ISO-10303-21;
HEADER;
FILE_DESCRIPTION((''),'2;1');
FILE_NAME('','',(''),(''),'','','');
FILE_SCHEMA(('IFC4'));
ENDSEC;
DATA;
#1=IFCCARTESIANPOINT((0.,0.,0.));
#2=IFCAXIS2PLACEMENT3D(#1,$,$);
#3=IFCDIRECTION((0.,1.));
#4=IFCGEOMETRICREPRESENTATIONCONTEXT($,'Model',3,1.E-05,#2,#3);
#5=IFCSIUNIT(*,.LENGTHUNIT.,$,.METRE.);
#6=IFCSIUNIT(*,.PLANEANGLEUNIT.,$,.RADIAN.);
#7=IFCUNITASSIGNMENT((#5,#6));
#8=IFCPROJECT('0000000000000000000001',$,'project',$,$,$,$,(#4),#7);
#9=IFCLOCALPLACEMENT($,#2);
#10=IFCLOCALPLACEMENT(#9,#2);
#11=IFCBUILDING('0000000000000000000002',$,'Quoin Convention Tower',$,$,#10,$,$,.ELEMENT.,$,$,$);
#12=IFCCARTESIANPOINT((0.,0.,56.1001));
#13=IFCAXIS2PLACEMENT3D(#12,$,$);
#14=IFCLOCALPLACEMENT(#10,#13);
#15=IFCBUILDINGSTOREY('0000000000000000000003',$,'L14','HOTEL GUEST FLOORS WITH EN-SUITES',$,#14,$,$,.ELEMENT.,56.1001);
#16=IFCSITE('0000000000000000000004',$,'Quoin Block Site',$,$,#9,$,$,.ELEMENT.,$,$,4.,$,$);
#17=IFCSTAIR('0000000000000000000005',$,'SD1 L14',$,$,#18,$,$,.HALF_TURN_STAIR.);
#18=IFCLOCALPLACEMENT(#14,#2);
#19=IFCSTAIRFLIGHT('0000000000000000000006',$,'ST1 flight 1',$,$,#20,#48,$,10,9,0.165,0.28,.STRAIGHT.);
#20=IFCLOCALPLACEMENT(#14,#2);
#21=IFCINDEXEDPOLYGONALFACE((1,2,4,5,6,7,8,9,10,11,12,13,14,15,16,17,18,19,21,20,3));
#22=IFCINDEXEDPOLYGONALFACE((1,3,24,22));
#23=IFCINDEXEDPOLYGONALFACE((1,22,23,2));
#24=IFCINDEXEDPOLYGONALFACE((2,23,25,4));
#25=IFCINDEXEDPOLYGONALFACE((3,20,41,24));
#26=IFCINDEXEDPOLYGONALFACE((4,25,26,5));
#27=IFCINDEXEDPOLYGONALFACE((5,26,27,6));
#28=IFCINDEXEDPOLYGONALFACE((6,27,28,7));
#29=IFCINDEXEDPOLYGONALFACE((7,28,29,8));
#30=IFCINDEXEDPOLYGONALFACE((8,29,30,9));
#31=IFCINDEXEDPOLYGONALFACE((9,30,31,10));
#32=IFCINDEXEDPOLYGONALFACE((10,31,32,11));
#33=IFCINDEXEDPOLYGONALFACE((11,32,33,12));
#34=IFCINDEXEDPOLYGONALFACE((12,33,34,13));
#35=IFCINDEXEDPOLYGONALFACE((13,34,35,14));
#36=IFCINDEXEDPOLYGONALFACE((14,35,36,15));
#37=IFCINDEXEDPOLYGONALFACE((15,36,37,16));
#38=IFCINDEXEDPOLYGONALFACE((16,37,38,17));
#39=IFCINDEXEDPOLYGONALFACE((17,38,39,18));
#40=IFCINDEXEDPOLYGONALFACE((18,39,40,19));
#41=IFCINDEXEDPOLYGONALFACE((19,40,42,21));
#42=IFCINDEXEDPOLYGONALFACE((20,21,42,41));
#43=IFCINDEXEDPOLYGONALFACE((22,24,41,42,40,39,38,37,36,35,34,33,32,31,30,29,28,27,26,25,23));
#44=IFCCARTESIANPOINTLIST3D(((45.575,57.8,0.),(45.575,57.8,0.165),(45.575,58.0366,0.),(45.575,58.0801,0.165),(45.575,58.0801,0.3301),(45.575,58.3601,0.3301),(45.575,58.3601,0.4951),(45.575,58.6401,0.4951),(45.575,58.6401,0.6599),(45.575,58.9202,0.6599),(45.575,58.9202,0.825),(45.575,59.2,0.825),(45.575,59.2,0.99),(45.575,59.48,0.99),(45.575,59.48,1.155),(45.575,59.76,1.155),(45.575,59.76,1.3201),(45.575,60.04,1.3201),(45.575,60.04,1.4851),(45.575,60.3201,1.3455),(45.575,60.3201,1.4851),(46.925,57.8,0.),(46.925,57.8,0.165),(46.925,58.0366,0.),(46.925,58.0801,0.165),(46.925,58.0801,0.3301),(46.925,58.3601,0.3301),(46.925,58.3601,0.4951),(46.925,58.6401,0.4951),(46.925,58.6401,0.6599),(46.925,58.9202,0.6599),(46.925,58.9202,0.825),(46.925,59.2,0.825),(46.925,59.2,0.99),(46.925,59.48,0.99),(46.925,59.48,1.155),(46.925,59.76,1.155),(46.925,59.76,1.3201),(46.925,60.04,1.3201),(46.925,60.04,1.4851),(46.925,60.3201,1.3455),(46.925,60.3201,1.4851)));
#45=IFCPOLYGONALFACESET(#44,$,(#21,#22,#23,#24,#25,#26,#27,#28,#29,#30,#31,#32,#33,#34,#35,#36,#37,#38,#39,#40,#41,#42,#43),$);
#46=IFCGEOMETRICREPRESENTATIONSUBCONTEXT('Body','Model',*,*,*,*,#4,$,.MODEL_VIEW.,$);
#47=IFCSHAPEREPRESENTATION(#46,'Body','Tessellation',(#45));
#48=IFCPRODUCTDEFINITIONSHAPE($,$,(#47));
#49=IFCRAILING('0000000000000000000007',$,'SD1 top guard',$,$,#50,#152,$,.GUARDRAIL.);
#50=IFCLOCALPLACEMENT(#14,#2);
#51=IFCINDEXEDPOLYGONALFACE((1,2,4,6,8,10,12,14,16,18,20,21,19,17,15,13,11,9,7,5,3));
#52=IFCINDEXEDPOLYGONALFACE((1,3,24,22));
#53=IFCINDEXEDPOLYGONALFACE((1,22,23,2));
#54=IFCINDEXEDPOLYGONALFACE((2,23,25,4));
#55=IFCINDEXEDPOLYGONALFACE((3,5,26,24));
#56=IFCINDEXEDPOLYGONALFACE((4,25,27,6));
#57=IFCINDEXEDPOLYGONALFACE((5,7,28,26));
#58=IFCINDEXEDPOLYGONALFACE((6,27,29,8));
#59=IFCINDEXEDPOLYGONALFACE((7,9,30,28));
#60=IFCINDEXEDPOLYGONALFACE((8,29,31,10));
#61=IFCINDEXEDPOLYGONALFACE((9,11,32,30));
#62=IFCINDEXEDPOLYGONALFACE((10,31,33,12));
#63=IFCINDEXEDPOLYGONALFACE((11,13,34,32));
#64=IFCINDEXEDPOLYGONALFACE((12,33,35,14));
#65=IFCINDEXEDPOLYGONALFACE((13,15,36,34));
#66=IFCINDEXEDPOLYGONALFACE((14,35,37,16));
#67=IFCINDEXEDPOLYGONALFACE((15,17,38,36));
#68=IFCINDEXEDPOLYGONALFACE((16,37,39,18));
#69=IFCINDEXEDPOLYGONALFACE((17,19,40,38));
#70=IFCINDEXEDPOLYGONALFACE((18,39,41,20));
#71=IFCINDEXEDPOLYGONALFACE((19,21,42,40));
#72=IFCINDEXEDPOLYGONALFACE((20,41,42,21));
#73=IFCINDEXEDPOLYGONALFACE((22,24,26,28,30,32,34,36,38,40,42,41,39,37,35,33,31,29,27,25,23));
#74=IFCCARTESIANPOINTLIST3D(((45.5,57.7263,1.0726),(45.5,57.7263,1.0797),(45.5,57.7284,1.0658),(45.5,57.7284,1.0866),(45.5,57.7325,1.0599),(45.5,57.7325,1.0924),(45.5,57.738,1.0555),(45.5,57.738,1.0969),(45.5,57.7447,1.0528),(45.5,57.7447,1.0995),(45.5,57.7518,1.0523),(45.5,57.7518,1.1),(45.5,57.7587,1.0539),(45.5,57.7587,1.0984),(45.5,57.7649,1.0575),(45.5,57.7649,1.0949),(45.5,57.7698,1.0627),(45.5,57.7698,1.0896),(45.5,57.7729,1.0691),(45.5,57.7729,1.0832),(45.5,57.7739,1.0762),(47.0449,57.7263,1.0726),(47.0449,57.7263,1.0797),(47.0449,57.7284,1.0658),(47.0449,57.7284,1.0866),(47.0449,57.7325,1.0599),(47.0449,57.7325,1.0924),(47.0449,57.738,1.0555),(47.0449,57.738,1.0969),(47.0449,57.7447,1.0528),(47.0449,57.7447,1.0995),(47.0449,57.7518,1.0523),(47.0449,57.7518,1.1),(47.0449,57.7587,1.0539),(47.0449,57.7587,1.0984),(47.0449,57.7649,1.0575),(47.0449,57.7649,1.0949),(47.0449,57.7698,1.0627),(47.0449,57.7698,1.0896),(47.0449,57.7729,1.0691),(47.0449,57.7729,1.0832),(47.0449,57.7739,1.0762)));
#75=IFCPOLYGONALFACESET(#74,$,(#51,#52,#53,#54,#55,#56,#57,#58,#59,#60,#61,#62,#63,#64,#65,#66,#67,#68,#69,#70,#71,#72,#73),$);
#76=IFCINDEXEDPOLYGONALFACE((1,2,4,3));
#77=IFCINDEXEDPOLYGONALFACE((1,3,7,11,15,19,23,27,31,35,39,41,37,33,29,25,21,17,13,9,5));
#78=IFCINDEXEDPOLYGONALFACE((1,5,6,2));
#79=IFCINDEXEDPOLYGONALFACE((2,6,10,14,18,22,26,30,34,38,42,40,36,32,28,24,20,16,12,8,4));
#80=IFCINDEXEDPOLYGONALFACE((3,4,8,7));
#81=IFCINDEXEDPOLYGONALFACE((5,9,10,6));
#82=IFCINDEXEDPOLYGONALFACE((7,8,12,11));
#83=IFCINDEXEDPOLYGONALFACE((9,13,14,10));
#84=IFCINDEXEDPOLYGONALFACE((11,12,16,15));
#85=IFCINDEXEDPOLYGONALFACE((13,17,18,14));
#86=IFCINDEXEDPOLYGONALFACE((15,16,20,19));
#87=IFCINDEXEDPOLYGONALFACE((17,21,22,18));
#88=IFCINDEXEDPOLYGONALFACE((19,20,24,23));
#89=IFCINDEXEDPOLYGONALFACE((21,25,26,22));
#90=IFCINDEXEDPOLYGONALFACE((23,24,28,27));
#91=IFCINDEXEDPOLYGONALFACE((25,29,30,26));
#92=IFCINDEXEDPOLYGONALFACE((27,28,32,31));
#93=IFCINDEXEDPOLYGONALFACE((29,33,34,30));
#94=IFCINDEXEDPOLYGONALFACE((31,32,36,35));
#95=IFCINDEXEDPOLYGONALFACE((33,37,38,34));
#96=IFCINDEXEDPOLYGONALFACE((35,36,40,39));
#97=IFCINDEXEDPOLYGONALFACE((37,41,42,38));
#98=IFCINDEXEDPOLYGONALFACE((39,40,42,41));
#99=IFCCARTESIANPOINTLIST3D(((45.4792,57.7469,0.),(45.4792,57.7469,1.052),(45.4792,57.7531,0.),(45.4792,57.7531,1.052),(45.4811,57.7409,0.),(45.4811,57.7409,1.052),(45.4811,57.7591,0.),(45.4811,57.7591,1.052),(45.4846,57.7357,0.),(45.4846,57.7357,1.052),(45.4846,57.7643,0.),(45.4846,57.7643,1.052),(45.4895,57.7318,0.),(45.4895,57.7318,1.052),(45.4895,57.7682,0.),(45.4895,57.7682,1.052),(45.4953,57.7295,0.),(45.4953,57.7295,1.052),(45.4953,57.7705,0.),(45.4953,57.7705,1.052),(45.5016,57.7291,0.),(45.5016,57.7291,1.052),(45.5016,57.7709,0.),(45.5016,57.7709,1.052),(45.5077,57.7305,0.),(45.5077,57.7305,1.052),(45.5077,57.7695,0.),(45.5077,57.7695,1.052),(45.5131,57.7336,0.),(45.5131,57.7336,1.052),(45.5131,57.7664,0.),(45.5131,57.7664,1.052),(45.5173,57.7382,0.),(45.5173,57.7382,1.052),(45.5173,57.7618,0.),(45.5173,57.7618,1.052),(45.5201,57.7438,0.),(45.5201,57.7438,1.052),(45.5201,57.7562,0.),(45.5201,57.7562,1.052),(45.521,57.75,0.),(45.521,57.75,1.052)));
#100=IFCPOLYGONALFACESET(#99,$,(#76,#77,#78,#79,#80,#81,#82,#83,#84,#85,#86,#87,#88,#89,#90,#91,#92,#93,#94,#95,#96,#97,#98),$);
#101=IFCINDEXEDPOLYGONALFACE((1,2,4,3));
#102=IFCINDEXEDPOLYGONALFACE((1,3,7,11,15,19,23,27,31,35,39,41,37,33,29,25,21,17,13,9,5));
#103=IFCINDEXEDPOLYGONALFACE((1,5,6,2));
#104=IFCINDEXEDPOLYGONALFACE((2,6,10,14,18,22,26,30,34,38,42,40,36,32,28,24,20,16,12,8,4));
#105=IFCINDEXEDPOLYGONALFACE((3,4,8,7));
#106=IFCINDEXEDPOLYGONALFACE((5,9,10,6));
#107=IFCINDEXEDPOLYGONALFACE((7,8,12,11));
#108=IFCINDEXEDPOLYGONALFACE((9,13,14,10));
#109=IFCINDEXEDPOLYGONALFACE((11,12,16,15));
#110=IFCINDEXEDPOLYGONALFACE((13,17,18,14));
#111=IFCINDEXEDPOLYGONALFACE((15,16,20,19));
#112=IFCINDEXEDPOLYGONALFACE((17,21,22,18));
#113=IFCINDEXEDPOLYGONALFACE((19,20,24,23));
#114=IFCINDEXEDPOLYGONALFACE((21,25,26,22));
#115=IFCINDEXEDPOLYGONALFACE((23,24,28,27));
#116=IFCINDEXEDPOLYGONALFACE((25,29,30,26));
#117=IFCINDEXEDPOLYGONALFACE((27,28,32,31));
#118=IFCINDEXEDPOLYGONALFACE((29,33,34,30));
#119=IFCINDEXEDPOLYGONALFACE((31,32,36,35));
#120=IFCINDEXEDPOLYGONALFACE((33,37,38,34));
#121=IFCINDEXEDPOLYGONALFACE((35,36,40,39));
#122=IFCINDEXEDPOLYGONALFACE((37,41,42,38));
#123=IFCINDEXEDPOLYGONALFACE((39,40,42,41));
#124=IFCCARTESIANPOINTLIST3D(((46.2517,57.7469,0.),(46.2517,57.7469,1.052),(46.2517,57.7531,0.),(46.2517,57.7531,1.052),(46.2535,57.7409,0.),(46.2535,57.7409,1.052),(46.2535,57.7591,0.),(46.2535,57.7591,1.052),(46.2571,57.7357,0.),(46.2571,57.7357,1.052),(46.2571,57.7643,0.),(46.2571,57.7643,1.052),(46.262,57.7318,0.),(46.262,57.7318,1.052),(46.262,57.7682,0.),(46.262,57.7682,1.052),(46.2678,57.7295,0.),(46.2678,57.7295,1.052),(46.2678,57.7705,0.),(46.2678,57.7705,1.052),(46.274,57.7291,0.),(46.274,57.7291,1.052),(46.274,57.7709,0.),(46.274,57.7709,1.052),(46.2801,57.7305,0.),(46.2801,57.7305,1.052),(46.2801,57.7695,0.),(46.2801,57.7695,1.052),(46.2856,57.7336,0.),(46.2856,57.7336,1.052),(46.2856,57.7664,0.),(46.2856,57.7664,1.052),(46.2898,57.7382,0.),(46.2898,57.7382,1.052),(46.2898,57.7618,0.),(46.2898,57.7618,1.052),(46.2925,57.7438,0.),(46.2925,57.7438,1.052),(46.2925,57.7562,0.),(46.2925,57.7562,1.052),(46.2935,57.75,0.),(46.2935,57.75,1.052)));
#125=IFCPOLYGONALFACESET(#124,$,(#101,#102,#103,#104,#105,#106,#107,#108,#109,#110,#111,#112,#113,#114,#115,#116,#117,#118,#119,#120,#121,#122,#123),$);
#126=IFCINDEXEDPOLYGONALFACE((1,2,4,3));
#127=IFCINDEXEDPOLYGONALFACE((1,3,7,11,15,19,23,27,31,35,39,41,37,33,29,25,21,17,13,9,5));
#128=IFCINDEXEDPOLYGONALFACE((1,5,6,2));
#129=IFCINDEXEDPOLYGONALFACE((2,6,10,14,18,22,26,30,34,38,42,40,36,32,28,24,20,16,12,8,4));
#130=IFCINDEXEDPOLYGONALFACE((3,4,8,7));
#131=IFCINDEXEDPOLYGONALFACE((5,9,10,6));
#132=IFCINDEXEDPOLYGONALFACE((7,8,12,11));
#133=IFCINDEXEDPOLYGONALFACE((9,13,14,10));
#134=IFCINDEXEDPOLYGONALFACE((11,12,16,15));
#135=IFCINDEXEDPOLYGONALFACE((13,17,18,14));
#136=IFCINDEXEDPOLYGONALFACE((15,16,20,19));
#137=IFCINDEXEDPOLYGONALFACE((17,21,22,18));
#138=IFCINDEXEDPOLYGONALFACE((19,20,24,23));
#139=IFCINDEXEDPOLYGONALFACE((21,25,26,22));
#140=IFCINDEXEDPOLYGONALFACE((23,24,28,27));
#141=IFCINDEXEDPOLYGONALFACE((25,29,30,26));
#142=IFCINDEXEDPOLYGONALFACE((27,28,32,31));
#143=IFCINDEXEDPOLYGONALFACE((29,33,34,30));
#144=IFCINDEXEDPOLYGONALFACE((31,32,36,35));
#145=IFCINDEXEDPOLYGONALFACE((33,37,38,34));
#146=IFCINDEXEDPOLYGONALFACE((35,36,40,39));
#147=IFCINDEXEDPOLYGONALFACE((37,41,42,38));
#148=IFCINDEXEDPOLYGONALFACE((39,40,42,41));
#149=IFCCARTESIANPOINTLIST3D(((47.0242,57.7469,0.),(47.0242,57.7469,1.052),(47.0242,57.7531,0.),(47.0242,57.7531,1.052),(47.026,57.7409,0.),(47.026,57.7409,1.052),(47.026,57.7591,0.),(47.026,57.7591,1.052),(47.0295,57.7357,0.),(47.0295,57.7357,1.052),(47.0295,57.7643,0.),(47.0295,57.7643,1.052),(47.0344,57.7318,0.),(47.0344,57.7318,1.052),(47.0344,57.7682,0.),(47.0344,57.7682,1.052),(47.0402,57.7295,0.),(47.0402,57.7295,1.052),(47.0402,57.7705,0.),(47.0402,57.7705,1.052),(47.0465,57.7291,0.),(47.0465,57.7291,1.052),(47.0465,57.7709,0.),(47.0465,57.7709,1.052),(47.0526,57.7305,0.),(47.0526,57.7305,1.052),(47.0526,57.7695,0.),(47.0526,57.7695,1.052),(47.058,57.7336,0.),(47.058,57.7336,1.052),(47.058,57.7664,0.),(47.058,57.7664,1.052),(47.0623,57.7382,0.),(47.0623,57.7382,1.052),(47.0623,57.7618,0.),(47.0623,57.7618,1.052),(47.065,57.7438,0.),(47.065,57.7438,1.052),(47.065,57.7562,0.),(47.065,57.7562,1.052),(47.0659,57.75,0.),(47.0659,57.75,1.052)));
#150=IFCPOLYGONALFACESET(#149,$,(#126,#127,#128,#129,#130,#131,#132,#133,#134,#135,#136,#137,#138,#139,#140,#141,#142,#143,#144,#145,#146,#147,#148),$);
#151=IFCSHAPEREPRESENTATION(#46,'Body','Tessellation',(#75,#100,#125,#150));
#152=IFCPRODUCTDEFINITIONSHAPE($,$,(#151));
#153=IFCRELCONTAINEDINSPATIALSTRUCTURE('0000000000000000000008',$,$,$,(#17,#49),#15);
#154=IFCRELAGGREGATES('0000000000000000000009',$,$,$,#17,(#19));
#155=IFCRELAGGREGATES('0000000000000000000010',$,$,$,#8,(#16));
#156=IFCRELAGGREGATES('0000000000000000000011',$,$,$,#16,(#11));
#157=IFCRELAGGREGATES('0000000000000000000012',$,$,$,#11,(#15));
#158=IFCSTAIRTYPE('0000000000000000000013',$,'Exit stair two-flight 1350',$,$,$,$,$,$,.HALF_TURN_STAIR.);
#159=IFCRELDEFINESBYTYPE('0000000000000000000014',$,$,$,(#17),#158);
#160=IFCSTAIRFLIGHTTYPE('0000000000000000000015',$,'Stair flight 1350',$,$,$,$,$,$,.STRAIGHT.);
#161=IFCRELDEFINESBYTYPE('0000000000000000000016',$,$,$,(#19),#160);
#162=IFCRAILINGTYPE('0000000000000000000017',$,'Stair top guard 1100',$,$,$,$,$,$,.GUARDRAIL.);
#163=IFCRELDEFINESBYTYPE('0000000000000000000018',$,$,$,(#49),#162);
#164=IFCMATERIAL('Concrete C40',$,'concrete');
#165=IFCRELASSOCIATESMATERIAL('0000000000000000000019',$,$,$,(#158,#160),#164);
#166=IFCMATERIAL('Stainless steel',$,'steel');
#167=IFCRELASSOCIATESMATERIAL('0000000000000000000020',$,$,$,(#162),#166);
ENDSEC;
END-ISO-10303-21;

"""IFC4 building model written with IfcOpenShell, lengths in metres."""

from ifc_helpers import new_model, si_unit, direction, frame, origin, origin_2d, place, context, subcontext, project, spatial, polyline, circle, outline, extrude, material, type_object, element, aggregate, save


model = new_model("IFC4")

# Units and contexts
model_context = context("Model", 3, precision=1e-05, world=origin(), true_north=direction((0.0, 1.0)))
body_context = subcontext(model_context, "Body", "Model", "MODEL_VIEW")
ifc_project = project(units=[si_unit("LENGTHUNIT", "METRE"), si_unit("PLANEANGLEUNIT", "RADIAN")], contexts=[model_context])

# Site, building, storey
site_placement = place(None, origin())
site = spatial("IfcSite", under=ifc_project, at=site_placement, Name="Quoin Block Site", CompositionType="ELEMENT", RefElevation=4.0)
building_placement = place(site_placement, origin())
building = spatial("IfcBuilding", under=site, at=building_placement, Name="Quoin Convention Tower", CompositionType="ELEMENT")
storey_placement = place(building_placement, frame((0.0, 0.0, 56.1001)))
storey = spatial("IfcBuildingStorey", under=building, at=storey_placement, Name="L14", Description="HOTEL GUEST FLOORS WITH EN-SUITES", CompositionType="ELEMENT", Elevation=56.1001)

# Stair, stair flight
ifc_material_1 = material(Name="Concrete C40", Category="concrete")
stair_type = type_object("IfcStairType", Name="Exit stair two-flight 1350", PredefinedType="HALF_TURN_STAIR", material=ifc_material_1)
stair_placement = place(storey_placement, origin())
stair = element("IfcStair", 1, at=stair_placement, inside=storey, type_object=stair_type, Name="SD1 L14", PredefinedType="HALF_TURN_STAIR")
stair_flight_type = type_object("IfcStairFlightType", Name="Stair flight 1350", PredefinedType="STRAIGHT", material=ifc_material_1)
stair_flight_placement = place(storey_placement, frame((46.25, 57.8, 0.0), z_axis=(0.0, 0.0, 1.0), x_axis=(0.0, 1.0, 0.0)))
stair_flight = element("IfcStairFlight", 2, at=stair_flight_placement, type_object=stair_flight_type, Name="ST1 flight 1", NumberOfRisers=10, NumberOfTreads=9, PredefinedType="STRAIGHT", RiserHeight=0.165, TreadLength=0.28, context=body_context, shape_type="SweptSolid", body=[
    extrude(outline(polyline([(0.0, 0.0), (0.0, 0.165), (0.28, 0.165), (0.28, 0.3301), (0.5601, 0.3301), (0.5601, 0.4951), (0.8401, 0.4951), (0.8401, 0.6599), (1.1201, 0.6599), (1.1201, 0.825), (1.3999, 0.825), (1.3999, 0.99), (1.6799, 0.99), (1.6799, 1.155), (1.96, 1.155), (1.96, 1.3201), (2.24, 1.3201), (2.24, 1.4851), (2.52, 1.4851), (2.52, 1.6499), (2.52, 1.3455), (0.2366, 0.0), (0.0, 0.0)])), frame((0.0, 0.675, 0.0), z_axis=(0.0, -1.0, 0.0), x_axis=(1.0, 0.0, 0.0)), (0.0, 0.0, 1.0), 1.3501),
])
aggregate(stair, [stair_flight])

# Railing
ifc_material_2 = material(Name="Stainless steel", Category="steel")
railing_type_1 = type_object("IfcRailingType", Name="Stair top guard 1100", PredefinedType="GUARDRAIL", material=ifc_material_2)
railing_1_placement = place(storey_placement, frame((45.5, 57.75, 0.0)))
element("IfcRailing", 3, at=railing_1_placement, inside=storey, type_object=railing_type_1, Name="SD1 top guard", PredefinedType="GUARDRAIL", context=body_context, shape_type="SweptSolid", body=[
    extrude(circle(Radius=0.0239, at=origin_2d()), frame((0.0, 0.0, 1.0762), z_axis=(1.0, 0.0, 0.0), x_axis=(0.0, 1.0, 0.0)), (0.0, 0.0, 1.0), 1.5449),
    extrude(circle(Radius=0.021, at=origin_2d()), origin(), (0.0, 0.0, 1.0), 1.052),
    extrude(circle(Radius=0.021, at=origin_2d()), frame((0.7725, 0.0, 0.0)), (0.0, 0.0, 1.0), 1.052),
    extrude(circle(Radius=0.021, at=origin_2d()), frame((1.5449, 0.0, 0.0)), (0.0, 0.0, 1.0), 1.052),
])

save(model, "model.ifc")
